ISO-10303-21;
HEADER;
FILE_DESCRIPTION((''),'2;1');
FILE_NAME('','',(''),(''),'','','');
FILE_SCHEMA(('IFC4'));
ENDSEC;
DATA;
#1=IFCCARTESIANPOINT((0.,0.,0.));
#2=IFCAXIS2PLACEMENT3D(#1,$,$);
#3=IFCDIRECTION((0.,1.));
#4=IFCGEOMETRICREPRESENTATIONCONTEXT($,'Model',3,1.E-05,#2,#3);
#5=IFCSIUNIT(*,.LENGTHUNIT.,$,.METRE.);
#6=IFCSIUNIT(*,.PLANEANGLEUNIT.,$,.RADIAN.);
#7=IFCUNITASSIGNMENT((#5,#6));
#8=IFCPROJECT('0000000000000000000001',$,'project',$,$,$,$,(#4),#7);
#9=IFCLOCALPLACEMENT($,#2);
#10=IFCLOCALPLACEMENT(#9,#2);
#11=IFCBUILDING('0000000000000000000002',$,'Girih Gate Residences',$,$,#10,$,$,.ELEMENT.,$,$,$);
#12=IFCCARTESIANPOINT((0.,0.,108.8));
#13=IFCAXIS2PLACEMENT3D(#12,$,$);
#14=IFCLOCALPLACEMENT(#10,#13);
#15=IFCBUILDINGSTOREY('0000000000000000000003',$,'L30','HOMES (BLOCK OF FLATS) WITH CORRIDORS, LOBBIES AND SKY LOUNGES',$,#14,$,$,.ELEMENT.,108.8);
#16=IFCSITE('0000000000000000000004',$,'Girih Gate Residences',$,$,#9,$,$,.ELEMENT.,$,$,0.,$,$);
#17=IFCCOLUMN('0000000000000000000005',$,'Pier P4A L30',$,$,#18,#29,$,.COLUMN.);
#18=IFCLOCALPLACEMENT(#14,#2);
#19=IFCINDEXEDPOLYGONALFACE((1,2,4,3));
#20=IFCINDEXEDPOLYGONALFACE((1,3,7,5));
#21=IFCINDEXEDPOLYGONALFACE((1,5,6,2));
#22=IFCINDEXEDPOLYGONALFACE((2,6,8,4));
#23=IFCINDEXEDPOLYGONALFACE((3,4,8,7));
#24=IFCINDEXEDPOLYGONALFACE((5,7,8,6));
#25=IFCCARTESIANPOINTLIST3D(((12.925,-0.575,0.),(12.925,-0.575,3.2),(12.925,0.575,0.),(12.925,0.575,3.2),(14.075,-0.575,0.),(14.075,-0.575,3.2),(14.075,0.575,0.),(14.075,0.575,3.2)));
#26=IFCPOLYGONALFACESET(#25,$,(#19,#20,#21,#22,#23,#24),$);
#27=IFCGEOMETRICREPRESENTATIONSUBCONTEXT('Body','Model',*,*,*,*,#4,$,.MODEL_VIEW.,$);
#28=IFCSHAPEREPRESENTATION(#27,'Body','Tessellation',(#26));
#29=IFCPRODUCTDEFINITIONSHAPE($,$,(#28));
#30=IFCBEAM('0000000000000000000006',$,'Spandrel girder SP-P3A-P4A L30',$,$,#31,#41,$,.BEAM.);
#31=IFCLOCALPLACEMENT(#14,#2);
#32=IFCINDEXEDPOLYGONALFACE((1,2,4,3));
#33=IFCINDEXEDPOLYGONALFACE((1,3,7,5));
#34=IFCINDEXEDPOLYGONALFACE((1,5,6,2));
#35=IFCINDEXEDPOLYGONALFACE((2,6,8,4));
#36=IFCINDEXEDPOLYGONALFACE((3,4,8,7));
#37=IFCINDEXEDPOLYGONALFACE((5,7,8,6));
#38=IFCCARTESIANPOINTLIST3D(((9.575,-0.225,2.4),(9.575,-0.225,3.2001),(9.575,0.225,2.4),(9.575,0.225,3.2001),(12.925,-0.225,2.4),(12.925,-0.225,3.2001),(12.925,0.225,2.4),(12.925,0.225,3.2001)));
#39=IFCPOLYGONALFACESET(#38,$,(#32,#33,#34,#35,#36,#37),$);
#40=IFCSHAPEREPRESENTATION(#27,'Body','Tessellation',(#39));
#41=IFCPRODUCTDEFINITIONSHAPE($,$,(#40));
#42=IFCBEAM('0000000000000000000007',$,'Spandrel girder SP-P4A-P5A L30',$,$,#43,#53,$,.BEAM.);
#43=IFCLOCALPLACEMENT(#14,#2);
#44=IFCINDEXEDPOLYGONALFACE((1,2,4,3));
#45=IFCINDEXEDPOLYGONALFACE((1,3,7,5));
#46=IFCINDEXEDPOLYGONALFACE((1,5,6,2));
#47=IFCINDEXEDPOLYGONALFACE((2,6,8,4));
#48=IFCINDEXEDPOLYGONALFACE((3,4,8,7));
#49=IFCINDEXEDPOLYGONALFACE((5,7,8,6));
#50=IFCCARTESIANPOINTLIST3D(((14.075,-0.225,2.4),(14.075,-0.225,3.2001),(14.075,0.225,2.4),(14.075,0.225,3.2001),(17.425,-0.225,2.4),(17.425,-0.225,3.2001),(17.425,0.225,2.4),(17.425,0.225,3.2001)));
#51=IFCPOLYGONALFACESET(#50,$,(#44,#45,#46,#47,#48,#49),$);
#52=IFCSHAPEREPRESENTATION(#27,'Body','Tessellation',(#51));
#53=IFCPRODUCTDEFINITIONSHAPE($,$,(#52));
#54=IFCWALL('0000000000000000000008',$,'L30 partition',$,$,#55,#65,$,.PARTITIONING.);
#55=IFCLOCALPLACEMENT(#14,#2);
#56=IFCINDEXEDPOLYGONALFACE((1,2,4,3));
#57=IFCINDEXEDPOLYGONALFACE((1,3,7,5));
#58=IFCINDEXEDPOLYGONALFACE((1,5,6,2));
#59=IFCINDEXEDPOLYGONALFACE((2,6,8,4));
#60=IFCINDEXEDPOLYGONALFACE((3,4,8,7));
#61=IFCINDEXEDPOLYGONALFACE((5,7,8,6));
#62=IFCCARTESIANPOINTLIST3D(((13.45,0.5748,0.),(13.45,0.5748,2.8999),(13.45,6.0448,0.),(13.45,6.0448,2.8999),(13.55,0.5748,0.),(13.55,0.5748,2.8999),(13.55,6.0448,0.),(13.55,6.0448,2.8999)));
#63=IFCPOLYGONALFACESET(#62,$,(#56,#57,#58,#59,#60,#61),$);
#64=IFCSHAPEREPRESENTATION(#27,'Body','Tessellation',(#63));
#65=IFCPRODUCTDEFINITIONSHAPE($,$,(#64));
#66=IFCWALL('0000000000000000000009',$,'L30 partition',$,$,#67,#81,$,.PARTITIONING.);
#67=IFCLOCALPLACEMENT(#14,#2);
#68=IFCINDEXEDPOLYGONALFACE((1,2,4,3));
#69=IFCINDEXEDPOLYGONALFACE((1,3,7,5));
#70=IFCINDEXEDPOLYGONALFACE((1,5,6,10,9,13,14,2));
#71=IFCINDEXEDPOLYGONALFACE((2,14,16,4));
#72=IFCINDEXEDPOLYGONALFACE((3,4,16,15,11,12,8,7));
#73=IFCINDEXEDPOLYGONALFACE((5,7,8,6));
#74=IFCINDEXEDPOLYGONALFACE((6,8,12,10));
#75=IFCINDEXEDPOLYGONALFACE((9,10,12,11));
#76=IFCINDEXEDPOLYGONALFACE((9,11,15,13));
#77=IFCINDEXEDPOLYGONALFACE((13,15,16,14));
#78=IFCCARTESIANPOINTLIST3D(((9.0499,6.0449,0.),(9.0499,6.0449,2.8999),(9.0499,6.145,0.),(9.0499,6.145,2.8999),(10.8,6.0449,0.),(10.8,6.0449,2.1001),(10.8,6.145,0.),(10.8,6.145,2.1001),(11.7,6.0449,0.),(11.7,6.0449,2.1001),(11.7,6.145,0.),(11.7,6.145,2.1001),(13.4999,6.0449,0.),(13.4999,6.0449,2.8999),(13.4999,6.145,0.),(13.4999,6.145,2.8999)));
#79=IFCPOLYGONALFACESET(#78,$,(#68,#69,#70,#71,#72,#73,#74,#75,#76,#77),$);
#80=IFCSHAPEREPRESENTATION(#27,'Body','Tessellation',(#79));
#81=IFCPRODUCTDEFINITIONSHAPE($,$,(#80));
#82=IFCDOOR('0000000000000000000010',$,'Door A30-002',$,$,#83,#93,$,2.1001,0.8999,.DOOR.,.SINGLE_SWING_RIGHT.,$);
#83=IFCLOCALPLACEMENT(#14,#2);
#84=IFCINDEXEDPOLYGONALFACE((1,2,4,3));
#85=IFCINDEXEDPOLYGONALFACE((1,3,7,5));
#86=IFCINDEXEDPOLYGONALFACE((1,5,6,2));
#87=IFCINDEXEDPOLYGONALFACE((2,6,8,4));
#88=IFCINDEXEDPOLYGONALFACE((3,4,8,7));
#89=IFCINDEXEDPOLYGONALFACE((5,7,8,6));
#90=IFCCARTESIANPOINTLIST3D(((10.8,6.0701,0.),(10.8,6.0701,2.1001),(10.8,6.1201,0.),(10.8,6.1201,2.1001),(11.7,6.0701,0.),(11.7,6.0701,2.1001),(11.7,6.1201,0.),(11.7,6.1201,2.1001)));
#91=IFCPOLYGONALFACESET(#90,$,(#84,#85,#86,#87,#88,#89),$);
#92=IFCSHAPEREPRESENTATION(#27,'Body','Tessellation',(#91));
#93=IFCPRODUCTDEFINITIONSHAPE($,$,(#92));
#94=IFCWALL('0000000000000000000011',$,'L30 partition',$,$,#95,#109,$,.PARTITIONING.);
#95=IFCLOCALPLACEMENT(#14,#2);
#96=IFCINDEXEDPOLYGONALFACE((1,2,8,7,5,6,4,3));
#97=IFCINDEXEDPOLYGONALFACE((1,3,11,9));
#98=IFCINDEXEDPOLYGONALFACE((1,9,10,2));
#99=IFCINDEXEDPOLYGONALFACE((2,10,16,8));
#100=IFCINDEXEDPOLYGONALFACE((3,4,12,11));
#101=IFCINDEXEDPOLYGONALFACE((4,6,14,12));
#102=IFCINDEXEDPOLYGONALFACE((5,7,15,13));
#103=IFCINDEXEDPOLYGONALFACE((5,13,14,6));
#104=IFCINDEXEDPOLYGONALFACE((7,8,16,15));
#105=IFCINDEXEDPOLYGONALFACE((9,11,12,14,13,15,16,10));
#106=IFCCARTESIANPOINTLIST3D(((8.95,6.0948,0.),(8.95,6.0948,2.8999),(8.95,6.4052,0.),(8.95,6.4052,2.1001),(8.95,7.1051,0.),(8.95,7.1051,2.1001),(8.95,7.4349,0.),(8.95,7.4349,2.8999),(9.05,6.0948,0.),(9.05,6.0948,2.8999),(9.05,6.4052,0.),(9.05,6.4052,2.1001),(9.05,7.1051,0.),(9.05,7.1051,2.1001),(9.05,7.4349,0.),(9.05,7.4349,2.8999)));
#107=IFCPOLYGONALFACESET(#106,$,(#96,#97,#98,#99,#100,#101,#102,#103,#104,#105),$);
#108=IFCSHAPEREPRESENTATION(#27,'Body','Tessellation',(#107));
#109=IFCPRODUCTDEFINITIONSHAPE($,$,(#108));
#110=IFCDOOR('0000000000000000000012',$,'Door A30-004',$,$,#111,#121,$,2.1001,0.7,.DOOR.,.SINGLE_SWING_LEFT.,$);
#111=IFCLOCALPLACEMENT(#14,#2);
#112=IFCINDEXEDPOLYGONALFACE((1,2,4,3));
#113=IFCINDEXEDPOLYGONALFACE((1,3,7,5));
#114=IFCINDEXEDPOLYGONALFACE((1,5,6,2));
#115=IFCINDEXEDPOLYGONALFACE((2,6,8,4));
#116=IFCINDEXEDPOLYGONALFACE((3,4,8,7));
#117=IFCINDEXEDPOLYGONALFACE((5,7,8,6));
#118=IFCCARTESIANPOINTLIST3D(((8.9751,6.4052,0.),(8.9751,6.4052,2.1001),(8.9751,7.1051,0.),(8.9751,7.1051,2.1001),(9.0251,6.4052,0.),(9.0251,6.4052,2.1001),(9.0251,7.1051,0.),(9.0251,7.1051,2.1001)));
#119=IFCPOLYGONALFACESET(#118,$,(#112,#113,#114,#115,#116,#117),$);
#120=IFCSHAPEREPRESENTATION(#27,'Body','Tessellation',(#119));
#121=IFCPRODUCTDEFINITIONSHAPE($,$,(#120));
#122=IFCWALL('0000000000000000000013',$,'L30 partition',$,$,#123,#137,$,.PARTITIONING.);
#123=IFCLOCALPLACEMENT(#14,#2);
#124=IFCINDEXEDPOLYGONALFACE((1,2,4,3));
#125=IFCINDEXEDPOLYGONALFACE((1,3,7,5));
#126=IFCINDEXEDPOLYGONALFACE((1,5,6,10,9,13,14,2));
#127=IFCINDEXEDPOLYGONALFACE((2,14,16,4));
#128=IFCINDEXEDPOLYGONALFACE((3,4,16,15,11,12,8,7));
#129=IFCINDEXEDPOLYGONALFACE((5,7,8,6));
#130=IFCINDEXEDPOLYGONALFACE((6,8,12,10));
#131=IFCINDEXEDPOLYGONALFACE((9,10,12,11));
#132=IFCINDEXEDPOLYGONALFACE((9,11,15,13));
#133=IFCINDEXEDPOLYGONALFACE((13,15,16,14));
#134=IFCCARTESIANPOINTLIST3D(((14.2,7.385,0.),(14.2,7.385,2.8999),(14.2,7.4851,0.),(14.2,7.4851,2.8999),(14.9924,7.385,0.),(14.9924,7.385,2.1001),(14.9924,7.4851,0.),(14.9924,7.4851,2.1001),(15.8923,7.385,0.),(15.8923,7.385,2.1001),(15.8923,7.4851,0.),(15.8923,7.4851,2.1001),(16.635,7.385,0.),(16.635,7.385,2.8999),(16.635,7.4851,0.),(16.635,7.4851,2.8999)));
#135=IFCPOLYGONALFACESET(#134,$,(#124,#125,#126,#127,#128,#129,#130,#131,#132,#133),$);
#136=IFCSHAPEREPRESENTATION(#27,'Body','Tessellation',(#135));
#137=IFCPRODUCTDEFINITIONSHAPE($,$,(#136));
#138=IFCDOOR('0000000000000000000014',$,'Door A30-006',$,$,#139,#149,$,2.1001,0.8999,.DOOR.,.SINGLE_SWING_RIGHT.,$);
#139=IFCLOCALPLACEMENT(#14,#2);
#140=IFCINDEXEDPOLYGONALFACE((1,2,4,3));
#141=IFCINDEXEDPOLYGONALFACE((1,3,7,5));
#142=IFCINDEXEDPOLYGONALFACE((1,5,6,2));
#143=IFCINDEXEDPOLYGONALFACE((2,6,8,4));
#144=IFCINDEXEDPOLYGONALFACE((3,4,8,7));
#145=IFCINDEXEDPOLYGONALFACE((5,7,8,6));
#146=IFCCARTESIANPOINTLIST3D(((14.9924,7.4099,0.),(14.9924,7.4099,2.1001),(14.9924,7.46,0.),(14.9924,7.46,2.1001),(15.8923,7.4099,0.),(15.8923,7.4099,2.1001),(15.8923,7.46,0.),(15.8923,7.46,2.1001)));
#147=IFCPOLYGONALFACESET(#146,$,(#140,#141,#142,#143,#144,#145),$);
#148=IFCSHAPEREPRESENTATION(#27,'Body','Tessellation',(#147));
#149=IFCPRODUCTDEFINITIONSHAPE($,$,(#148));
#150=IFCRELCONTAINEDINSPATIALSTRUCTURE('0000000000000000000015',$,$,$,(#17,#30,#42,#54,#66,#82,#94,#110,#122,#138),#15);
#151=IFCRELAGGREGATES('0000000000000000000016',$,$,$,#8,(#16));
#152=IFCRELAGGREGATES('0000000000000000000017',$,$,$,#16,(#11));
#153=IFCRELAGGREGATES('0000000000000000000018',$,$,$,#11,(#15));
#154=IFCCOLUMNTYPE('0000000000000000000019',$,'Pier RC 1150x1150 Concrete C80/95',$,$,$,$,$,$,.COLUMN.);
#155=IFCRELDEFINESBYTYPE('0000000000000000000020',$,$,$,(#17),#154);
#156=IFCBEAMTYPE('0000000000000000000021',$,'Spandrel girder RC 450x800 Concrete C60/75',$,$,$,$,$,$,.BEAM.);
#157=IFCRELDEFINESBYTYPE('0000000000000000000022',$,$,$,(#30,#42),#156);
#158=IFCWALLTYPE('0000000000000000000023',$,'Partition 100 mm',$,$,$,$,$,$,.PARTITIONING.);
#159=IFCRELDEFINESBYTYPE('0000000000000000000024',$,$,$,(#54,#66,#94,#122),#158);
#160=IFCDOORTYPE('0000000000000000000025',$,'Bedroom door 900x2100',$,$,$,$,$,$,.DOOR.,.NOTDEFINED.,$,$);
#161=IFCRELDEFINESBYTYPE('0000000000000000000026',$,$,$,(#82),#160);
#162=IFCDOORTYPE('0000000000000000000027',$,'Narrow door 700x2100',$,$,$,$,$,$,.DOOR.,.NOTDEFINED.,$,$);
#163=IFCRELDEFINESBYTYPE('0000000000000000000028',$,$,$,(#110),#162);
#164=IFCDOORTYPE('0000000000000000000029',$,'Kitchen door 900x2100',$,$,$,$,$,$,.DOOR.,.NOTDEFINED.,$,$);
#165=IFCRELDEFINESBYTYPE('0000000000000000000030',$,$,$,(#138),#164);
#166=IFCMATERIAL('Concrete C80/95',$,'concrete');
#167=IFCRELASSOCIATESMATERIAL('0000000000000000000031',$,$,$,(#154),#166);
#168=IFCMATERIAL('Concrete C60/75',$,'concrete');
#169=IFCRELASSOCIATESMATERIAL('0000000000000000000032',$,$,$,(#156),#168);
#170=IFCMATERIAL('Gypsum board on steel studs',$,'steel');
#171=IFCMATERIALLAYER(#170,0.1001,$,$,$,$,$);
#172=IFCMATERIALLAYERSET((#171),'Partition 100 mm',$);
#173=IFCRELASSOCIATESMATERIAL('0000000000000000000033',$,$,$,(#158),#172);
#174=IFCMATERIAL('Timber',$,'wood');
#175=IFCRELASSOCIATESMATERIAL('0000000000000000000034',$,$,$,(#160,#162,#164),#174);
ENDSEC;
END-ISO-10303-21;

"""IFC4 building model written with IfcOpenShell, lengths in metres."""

from ifc_helpers import new_model, si_unit, direction, frame, frame_2d, origin, origin_2d, place, context, subcontext, project, spatial, rectangle, extrude, material, layer, layer_set, material_profile, profile_set, type_object, element, fill, save


model = new_model("IFC4")

# Units and contexts
model_context = context("Model", 3, precision=1e-05, world=origin(), true_north=direction((0.0, 1.0)))
body_context = subcontext(model_context, "Body", "Model", "MODEL_VIEW")
ifc_project = project(units=[si_unit("LENGTHUNIT", "METRE"), si_unit("PLANEANGLEUNIT", "RADIAN")], contexts=[model_context])

# Site, building, storey
site_placement = place(None, origin())
site = spatial("IfcSite", under=ifc_project, at=site_placement, Name="Girih Gate Residences", CompositionType="ELEMENT", RefElevation=0.0)
building_placement = place(site_placement, origin())
building = spatial("IfcBuilding", under=site, at=building_placement, Name="Girih Gate Residences", CompositionType="ELEMENT")
storey_placement = place(building_placement, frame((0.0, 0.0, 108.8)))
storey = spatial("IfcBuildingStorey", under=building, at=storey_placement, Name="L30", Description="HOMES (BLOCK OF FLATS) WITH CORRIDORS, LOBBIES AND SKY LOUNGES", CompositionType="ELEMENT", Elevation=108.8)

# Column
ifc_material_1 = material(Name="Concrete C80/95", Category="concrete")
ifc_material_profile_1 = material_profile(ifc_material_1, rectangle(XDim=1.1499, YDim=1.1499, at=origin_2d()))
ifc_profile_set_1 = profile_set([ifc_material_profile_1], Name="Concrete C80/95")
column_type = type_object("IfcColumnType", Name="Pier RC 1150x1150 Concrete C80/95", PredefinedType="COLUMN", material=ifc_profile_set_1)
column_placement = place(storey_placement, frame((13.5, 0.0, 0.0), z_axis=(0.0, 0.0, 1.0), x_axis=(1.0, 0.0, 0.0)))
element("IfcColumn", 1, at=column_placement, inside=storey, type_object=column_type, Name="Pier P4A L30", PredefinedType="COLUMN", context=body_context, shape_type="SweptSolid", body=[
    extrude(rectangle(XDim=1.1499, YDim=1.1499, at=origin_2d()), origin(), (0.0, 0.0, 1.0), 3.2),
])

# Beams
ifc_material_2 = material(Name="Concrete C60/75", Category="concrete")
ifc_material_profile_2 = material_profile(ifc_material_2, rectangle(XDim=0.45, YDim=0.8, at=origin_2d()))
ifc_profile_set_2 = profile_set([ifc_material_profile_2], Name="Concrete C60/75")
beam_type = type_object("IfcBeamType", Name="Spandrel girder RC 450x800 Concrete C60/75", PredefinedType="BEAM", material=ifc_profile_set_2)
for number, where, z_axis, x_axis, name in (
    (2, (9.575, 0.0, 2.8), (1.0, 0.0, 0.0), (0.0, 1.0, 0.0), "Spandrel girder SP-P3A-P4A L30"),
    (3, (14.075, 0.0, 2.8), (1.0, 0.0, 0.0), (0.0, 1.0, 0.0), "Spandrel girder SP-P4A-P5A L30"),
):
    element("IfcBeam", number, at=place(storey_placement, frame(where, z_axis=z_axis, x_axis=x_axis)), inside=storey, type_object=beam_type, Name=name, PredefinedType="BEAM", context=body_context, shape_type="SweptSolid", body=[
        extrude(rectangle(XDim=0.45, YDim=0.8, at=origin_2d()), origin(), (0.0, 0.0, 1.0), 3.3501),
    ])

# Wall
ifc_material_3 = material(Name="Gypsum board on steel studs", Category="steel")
ifc_layer_1 = layer(ifc_material_3, 0.1001)
ifc_layer_set_1 = layer_set([ifc_layer_1], Name="Partition 100 mm")
wall_type_1 = type_object("IfcWallType", Name="Partition 100 mm", PredefinedType="PARTITIONING", material=ifc_layer_set_1)
wall_1_placement = place(storey_placement, frame((13.5, 0.575, 0.0), z_axis=(0.0, 0.0, 1.0), x_axis=(0.0, 1.0, 0.0)))
element("IfcWall", 4, at=wall_1_placement, inside=storey, type_object=wall_type_1, Name="L30 partition", PredefinedType="PARTITIONING", context=body_context, shape_type="SweptSolid", body=[
    extrude(rectangle(XDim=5.47, YDim=0.1001, at=frame_2d((2.7349, 0.0))), origin(), (0.0, 0.0, 1.0), 2.8999),
])

# Walls, openings, doors
wall_2_placement = place(storey_placement, frame((13.5, 6.095, 0.0), z_axis=(0.0, 0.0, 1.0), x_axis=(-1.0, 0.0, 0.0)))
wall_2 = element("IfcWall", 5, at=wall_2_placement, inside=storey, type_object=wall_type_1, Name="L30 partition", PredefinedType="PARTITIONING", context=body_context, shape_type="SweptSolid", body=[
    extrude(rectangle(XDim=4.45, YDim=0.1001, at=frame_2d((2.2251, 0.0))), origin(), (0.0, 0.0, 1.0), 2.8999),
])
opening_1_placement = place(wall_2_placement, frame((1.8, 0.0, 0.0)))
opening_1 = element("IfcOpeningElement", 6, at=opening_1_placement, cuts=wall_2, PredefinedType="OPENING", context=body_context, shape_type="SweptSolid", body=[
    extrude(rectangle(XDim=0.8999, YDim=2.1001, at=frame_2d((0.45, 1.05))), frame((0.0, 0.0601, 0.0), z_axis=(0.0, -1.0, 0.0), x_axis=(1.0, 0.0, 0.0)), (0.0, 0.0, 1.0), 0.1201),
])
ifc_material_4 = material(Name="Timber", Category="wood")
door_type_1 = type_object("IfcDoorType", Name="Bedroom door 900x2100", OperationType="NOTDEFINED", PredefinedType="DOOR", material=ifc_material_4)
door_1_placement = place(opening_1_placement, origin())
door_1 = element("IfcDoor", 7, at=door_1_placement, inside=storey, type_object=door_type_1, Name="Door A30-002", OperationType="SINGLE_SWING_RIGHT", OverallHeight=2.1001, OverallWidth=0.8999, PredefinedType="DOOR", context=body_context, shape_type="SweptSolid", body=[
    extrude(rectangle(XDim=0.8999, YDim=2.1001, at=frame_2d((0.45, 1.05))), frame((0.0, 0.0249, 0.0), z_axis=(0.0, -1.0, 0.0), x_axis=(1.0, 0.0, 0.0)), (0.0, 0.0, 1.0), 0.05),
])
fill(opening_1, door_1)
wall_3_placement = place(storey_placement, frame((9.0, 6.095, 0.0), z_axis=(0.0, 0.0, 1.0), x_axis=(0.0, 1.0, 0.0)))
wall_3 = element("IfcWall", 8, at=wall_3_placement, inside=storey, type_object=wall_type_1, Name="L30 partition", PredefinedType="PARTITIONING", context=body_context, shape_type="SweptSolid", body=[
    extrude(rectangle(XDim=1.3401, YDim=0.1001, at=frame_2d((0.6699, 0.0))), origin(), (0.0, 0.0, 1.0), 2.8999),
])
opening_2_placement = place(wall_3_placement, frame((0.3101, 0.0, 0.0)))
opening_2 = element("IfcOpeningElement", 9, at=opening_2_placement, cuts=wall_3, PredefinedType="OPENING", context=body_context, shape_type="SweptSolid", body=[
    extrude(rectangle(XDim=0.7, YDim=2.1001, at=frame_2d((0.3501, 1.05))), frame((0.0, 0.0601, 0.0), z_axis=(0.0, -1.0, 0.0), x_axis=(1.0, 0.0, 0.0)), (0.0, 0.0, 1.0), 0.1201),
])
door_type_2 = type_object("IfcDoorType", Name="Narrow door 700x2100", OperationType="NOTDEFINED", PredefinedType="DOOR", material=ifc_material_4)
door_2_placement = place(opening_2_placement, origin())
door_2 = element("IfcDoor", 10, at=door_2_placement, inside=storey, type_object=door_type_2, Name="Door A30-004", OperationType="SINGLE_SWING_LEFT", OverallHeight=2.1001, OverallWidth=0.7, PredefinedType="DOOR", context=body_context, shape_type="SweptSolid", body=[
    extrude(rectangle(XDim=0.7, YDim=2.1001, at=frame_2d((0.3501, 1.05))), frame((0.0, 0.0249, 0.0), z_axis=(0.0, -1.0, 0.0), x_axis=(1.0, 0.0, 0.0)), (0.0, 0.0, 1.0), 0.05),
])
fill(opening_2, door_2)
wall_4_placement = place(storey_placement, frame((14.2, 7.4351, 0.0), z_axis=(0.0, 0.0, 1.0), x_axis=(1.0, 0.0, 0.0)))
wall_4 = element("IfcWall", 11, at=wall_4_placement, inside=storey, type_object=wall_type_1, Name="L30 partition", PredefinedType="PARTITIONING", context=body_context, shape_type="SweptSolid", body=[
    extrude(rectangle(XDim=2.4351, YDim=0.1001, at=frame_2d((1.2175, 0.0))), origin(), (0.0, 0.0, 1.0), 2.8999),
])
opening_3_placement = place(wall_4_placement, frame((0.7925, 0.0, 0.0)))
opening_3 = element("IfcOpeningElement", 12, at=opening_3_placement, cuts=wall_4, PredefinedType="OPENING", context=body_context, shape_type="SweptSolid", body=[
    extrude(rectangle(XDim=0.8999, YDim=2.1001, at=frame_2d((0.45, 1.05))), frame((0.0, 0.0601, 0.0), z_axis=(0.0, -1.0, 0.0), x_axis=(1.0, 0.0, 0.0)), (0.0, 0.0, 1.0), 0.1201),
])
door_type_3 = type_object("IfcDoorType", Name="Kitchen door 900x2100", OperationType="NOTDEFINED", PredefinedType="DOOR", material=ifc_material_4)
door_3_placement = place(opening_3_placement, origin())
door_3 = element("IfcDoor", 13, at=door_3_placement, inside=storey, type_object=door_type_3, Name="Door A30-006", OperationType="SINGLE_SWING_RIGHT", OverallHeight=2.1001, OverallWidth=0.8999, PredefinedType="DOOR", context=body_context, shape_type="SweptSolid", body=[
    extrude(rectangle(XDim=0.8999, YDim=2.1001, at=frame_2d((0.45, 1.05))), frame((0.0, 0.0249, 0.0), z_axis=(0.0, -1.0, 0.0), x_axis=(1.0, 0.0, 0.0)), (0.0, 0.0, 1.0), 0.05),
])
fill(opening_3, door_3)

save(model, "model.ifc")
